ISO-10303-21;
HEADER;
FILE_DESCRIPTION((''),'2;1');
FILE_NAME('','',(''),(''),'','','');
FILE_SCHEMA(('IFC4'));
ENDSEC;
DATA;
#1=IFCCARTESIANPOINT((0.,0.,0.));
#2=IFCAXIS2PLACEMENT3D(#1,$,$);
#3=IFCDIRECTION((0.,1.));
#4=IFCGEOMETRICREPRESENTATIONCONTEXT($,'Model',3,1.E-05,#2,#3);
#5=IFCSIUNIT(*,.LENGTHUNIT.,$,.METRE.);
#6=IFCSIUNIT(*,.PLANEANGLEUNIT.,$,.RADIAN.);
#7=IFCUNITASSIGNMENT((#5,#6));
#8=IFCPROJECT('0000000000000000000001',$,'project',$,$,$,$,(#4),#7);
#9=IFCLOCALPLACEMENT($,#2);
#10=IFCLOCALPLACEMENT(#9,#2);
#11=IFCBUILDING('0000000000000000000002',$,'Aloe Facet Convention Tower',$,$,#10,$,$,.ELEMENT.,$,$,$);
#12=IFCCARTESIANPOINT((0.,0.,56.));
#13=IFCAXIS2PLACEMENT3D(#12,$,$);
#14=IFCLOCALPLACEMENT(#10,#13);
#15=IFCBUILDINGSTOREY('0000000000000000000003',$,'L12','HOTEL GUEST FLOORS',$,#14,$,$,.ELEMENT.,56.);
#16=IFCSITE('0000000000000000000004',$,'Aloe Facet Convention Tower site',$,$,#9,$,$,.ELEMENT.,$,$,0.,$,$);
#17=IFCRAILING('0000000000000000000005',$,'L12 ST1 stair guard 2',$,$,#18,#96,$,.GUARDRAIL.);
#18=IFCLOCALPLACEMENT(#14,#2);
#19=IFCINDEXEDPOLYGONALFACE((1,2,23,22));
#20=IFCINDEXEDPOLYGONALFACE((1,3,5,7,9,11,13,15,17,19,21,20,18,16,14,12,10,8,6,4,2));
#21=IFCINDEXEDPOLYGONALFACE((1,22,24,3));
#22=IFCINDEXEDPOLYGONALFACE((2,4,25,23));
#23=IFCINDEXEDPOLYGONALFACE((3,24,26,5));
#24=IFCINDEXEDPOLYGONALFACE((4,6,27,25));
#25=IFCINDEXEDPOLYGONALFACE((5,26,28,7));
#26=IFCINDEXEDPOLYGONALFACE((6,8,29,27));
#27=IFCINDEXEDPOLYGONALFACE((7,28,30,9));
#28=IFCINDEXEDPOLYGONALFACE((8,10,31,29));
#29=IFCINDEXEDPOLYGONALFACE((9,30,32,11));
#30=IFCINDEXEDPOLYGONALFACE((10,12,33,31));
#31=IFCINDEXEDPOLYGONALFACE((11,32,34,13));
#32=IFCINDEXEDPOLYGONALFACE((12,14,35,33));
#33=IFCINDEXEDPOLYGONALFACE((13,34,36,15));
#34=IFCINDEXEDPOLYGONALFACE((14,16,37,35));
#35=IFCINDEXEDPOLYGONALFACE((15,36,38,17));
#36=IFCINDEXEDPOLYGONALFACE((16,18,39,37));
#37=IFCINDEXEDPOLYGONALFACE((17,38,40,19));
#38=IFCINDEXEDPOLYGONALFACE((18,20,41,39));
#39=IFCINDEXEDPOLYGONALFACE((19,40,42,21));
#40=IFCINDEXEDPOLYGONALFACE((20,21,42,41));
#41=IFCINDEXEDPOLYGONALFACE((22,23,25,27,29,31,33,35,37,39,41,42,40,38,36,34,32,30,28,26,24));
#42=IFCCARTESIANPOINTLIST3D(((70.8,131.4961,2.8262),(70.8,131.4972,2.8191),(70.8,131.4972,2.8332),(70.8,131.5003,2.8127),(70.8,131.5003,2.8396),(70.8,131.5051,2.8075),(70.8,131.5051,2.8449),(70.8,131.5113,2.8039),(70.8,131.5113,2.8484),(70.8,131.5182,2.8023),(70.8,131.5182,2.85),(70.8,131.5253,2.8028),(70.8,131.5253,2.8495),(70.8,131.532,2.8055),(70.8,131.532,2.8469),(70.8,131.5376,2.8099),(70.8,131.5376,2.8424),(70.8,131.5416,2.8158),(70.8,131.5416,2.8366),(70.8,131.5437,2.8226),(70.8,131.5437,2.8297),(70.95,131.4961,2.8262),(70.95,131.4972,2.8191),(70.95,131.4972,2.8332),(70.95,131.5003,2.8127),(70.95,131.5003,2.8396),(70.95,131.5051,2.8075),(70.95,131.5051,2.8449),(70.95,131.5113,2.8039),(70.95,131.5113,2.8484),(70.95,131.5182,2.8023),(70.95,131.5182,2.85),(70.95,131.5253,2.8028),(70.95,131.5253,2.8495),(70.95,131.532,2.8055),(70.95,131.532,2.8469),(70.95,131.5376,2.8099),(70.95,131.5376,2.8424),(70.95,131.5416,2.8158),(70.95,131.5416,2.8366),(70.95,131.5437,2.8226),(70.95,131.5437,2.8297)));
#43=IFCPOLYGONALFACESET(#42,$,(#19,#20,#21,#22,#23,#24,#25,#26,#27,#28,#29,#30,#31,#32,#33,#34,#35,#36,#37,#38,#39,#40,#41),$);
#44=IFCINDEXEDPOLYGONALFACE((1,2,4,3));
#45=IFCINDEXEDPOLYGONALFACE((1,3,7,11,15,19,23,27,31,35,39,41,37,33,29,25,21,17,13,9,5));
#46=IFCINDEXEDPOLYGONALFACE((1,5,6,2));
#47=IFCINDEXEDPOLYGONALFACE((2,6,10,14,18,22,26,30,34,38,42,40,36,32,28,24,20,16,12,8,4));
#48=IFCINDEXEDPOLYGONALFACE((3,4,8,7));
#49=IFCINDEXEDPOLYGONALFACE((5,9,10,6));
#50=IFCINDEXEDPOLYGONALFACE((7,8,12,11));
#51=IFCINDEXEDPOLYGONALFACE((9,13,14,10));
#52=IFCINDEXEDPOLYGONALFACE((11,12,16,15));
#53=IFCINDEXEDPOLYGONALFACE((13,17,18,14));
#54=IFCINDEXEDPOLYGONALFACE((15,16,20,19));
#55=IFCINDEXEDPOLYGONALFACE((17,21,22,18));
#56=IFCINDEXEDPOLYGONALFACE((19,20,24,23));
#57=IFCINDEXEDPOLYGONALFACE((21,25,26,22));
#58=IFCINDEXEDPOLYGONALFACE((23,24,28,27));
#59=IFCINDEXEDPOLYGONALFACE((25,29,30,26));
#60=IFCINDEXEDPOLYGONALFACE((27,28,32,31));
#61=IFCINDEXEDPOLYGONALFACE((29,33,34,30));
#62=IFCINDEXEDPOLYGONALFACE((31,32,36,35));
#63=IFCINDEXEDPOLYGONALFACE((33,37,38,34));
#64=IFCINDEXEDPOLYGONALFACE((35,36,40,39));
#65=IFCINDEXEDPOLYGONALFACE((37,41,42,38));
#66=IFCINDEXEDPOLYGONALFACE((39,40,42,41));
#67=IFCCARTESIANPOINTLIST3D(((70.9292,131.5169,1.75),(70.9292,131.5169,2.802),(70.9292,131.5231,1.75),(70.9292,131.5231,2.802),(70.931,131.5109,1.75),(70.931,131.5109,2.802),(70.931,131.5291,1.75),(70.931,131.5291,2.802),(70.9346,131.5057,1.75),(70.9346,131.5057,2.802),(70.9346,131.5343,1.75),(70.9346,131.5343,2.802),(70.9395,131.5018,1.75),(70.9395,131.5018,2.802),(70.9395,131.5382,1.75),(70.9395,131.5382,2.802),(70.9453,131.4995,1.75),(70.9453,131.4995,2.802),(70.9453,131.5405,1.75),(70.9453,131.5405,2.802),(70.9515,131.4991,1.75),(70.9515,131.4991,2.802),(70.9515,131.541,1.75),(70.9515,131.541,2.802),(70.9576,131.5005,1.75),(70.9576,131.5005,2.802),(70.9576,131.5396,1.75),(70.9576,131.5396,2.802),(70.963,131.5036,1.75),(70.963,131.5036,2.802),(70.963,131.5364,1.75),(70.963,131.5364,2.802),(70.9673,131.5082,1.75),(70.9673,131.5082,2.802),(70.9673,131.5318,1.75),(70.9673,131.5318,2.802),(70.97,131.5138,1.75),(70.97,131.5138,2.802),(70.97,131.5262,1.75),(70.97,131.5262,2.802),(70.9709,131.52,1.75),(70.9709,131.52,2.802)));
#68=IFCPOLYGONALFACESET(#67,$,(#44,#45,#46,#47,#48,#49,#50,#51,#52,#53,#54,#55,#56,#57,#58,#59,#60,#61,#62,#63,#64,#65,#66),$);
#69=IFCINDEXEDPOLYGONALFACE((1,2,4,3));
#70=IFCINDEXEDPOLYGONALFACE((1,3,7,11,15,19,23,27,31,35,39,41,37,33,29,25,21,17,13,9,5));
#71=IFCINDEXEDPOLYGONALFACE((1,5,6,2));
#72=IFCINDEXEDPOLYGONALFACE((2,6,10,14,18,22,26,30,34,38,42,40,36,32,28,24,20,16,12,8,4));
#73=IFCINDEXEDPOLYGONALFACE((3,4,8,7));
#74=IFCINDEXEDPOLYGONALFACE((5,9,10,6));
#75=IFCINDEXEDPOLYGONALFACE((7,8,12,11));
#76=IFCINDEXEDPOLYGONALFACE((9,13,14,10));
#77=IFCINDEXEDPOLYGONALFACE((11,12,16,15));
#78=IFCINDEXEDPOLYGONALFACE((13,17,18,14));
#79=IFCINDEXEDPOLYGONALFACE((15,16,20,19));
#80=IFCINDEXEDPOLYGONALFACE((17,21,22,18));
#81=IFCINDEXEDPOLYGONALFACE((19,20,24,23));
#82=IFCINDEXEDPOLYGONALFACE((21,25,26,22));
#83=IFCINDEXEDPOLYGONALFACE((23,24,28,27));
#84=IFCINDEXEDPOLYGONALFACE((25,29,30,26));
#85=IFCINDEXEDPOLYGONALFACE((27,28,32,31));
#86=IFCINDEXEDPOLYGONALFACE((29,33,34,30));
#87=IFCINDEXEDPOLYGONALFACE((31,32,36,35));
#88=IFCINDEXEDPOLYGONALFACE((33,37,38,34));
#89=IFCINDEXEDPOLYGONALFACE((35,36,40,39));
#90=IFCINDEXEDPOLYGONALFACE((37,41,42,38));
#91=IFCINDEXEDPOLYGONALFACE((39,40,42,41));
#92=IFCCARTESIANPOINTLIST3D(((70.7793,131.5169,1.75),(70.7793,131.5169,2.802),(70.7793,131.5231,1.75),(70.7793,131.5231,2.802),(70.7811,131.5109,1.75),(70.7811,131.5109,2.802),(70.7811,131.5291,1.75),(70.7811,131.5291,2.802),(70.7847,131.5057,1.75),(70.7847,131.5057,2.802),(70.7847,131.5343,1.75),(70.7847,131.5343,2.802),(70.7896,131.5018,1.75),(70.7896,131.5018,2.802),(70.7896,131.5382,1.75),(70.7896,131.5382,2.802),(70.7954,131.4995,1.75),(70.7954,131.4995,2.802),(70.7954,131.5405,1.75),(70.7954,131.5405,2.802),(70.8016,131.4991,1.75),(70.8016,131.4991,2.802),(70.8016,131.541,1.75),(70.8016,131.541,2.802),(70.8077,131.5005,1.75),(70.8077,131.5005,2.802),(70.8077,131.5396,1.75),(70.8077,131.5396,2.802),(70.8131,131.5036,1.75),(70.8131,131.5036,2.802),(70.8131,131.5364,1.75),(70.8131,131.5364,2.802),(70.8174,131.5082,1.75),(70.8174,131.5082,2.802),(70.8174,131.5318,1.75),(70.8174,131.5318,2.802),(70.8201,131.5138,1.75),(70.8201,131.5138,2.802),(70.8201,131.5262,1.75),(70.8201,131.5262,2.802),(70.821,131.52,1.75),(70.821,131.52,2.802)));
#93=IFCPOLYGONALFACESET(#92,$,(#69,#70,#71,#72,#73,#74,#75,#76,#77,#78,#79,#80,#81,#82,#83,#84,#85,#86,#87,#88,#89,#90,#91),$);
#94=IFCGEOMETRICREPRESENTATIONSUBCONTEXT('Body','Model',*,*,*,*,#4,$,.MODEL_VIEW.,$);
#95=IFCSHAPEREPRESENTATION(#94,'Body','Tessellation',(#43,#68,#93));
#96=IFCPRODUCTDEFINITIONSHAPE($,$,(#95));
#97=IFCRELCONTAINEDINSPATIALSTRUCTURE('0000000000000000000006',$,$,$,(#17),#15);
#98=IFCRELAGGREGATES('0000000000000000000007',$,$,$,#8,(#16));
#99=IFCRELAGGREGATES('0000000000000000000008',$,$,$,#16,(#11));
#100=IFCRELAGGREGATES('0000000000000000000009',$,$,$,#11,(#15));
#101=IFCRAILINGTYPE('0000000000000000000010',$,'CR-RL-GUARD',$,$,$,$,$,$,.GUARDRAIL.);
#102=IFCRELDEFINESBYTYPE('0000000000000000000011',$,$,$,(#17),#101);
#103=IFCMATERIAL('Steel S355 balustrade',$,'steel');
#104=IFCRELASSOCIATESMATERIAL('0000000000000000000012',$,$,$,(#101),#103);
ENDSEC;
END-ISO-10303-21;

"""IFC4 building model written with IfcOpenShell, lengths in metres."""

from ifc_helpers import new_model, si_unit, direction, frame, origin, origin_2d, place, context, subcontext, project, spatial, circle, extrude, material, type_object, element, save


model = new_model("IFC4")

# Units and contexts
model_context = context("Model", 3, precision=1e-05, world=origin(), true_north=direction((0.0, 1.0)))
body_context = subcontext(model_context, "Body", "Model", "MODEL_VIEW")
ifc_project = project(units=[si_unit("LENGTHUNIT", "METRE"), si_unit("PLANEANGLEUNIT", "RADIAN")], contexts=[model_context])

# Site, building, storey
site_placement = place(None, origin())
site = spatial("IfcSite", under=ifc_project, at=site_placement, Name="Aloe Facet Convention Tower site", CompositionType="ELEMENT", RefElevation=0.0)
building_placement = place(site_placement, origin())
building = spatial("IfcBuilding", under=site, at=building_placement, Name="Aloe Facet Convention Tower", CompositionType="ELEMENT")
storey_placement = place(building_placement, frame((0.0, 0.0, 56.0)))
storey = spatial("IfcBuildingStorey", under=building, at=storey_placement, Name="L12", Description="HOTEL GUEST FLOORS", CompositionType="ELEMENT", Elevation=56.0)

# Railing
ifc_material_1 = material(Name="Steel S355 balustrade", Category="steel")
railing_type_1 = type_object("IfcRailingType", Name="CR-RL-GUARD", PredefinedType="GUARDRAIL", material=ifc_material_1)
railing_1_placement = place(storey_placement, frame((70.95, 131.52, 1.75)))
element("IfcRailing", 1, at=railing_1_placement, inside=storey, type_object=railing_type_1, Name="L12 ST1 stair guard 2", PredefinedType="GUARDRAIL", context=body_context, shape_type="SweptSolid", body=[
    extrude(circle(Radius=0.0239, at=origin_2d()), frame((0.0, 0.0, 1.0762), z_axis=(-1.0, 0.0, 0.0), x_axis=(0.0, -1.0, 0.0)), (0.0, 0.0, 1.0), 0.1499),
    extrude(circle(Radius=0.021, at=origin_2d()), origin(), (0.0, 0.0, 1.0), 1.052),
    extrude(circle(Radius=0.021, at=origin_2d()), frame((-0.1499, 0.0, 0.0)), (0.0, 0.0, 1.0), 1.052),
])

save(model, "model.ifc")
